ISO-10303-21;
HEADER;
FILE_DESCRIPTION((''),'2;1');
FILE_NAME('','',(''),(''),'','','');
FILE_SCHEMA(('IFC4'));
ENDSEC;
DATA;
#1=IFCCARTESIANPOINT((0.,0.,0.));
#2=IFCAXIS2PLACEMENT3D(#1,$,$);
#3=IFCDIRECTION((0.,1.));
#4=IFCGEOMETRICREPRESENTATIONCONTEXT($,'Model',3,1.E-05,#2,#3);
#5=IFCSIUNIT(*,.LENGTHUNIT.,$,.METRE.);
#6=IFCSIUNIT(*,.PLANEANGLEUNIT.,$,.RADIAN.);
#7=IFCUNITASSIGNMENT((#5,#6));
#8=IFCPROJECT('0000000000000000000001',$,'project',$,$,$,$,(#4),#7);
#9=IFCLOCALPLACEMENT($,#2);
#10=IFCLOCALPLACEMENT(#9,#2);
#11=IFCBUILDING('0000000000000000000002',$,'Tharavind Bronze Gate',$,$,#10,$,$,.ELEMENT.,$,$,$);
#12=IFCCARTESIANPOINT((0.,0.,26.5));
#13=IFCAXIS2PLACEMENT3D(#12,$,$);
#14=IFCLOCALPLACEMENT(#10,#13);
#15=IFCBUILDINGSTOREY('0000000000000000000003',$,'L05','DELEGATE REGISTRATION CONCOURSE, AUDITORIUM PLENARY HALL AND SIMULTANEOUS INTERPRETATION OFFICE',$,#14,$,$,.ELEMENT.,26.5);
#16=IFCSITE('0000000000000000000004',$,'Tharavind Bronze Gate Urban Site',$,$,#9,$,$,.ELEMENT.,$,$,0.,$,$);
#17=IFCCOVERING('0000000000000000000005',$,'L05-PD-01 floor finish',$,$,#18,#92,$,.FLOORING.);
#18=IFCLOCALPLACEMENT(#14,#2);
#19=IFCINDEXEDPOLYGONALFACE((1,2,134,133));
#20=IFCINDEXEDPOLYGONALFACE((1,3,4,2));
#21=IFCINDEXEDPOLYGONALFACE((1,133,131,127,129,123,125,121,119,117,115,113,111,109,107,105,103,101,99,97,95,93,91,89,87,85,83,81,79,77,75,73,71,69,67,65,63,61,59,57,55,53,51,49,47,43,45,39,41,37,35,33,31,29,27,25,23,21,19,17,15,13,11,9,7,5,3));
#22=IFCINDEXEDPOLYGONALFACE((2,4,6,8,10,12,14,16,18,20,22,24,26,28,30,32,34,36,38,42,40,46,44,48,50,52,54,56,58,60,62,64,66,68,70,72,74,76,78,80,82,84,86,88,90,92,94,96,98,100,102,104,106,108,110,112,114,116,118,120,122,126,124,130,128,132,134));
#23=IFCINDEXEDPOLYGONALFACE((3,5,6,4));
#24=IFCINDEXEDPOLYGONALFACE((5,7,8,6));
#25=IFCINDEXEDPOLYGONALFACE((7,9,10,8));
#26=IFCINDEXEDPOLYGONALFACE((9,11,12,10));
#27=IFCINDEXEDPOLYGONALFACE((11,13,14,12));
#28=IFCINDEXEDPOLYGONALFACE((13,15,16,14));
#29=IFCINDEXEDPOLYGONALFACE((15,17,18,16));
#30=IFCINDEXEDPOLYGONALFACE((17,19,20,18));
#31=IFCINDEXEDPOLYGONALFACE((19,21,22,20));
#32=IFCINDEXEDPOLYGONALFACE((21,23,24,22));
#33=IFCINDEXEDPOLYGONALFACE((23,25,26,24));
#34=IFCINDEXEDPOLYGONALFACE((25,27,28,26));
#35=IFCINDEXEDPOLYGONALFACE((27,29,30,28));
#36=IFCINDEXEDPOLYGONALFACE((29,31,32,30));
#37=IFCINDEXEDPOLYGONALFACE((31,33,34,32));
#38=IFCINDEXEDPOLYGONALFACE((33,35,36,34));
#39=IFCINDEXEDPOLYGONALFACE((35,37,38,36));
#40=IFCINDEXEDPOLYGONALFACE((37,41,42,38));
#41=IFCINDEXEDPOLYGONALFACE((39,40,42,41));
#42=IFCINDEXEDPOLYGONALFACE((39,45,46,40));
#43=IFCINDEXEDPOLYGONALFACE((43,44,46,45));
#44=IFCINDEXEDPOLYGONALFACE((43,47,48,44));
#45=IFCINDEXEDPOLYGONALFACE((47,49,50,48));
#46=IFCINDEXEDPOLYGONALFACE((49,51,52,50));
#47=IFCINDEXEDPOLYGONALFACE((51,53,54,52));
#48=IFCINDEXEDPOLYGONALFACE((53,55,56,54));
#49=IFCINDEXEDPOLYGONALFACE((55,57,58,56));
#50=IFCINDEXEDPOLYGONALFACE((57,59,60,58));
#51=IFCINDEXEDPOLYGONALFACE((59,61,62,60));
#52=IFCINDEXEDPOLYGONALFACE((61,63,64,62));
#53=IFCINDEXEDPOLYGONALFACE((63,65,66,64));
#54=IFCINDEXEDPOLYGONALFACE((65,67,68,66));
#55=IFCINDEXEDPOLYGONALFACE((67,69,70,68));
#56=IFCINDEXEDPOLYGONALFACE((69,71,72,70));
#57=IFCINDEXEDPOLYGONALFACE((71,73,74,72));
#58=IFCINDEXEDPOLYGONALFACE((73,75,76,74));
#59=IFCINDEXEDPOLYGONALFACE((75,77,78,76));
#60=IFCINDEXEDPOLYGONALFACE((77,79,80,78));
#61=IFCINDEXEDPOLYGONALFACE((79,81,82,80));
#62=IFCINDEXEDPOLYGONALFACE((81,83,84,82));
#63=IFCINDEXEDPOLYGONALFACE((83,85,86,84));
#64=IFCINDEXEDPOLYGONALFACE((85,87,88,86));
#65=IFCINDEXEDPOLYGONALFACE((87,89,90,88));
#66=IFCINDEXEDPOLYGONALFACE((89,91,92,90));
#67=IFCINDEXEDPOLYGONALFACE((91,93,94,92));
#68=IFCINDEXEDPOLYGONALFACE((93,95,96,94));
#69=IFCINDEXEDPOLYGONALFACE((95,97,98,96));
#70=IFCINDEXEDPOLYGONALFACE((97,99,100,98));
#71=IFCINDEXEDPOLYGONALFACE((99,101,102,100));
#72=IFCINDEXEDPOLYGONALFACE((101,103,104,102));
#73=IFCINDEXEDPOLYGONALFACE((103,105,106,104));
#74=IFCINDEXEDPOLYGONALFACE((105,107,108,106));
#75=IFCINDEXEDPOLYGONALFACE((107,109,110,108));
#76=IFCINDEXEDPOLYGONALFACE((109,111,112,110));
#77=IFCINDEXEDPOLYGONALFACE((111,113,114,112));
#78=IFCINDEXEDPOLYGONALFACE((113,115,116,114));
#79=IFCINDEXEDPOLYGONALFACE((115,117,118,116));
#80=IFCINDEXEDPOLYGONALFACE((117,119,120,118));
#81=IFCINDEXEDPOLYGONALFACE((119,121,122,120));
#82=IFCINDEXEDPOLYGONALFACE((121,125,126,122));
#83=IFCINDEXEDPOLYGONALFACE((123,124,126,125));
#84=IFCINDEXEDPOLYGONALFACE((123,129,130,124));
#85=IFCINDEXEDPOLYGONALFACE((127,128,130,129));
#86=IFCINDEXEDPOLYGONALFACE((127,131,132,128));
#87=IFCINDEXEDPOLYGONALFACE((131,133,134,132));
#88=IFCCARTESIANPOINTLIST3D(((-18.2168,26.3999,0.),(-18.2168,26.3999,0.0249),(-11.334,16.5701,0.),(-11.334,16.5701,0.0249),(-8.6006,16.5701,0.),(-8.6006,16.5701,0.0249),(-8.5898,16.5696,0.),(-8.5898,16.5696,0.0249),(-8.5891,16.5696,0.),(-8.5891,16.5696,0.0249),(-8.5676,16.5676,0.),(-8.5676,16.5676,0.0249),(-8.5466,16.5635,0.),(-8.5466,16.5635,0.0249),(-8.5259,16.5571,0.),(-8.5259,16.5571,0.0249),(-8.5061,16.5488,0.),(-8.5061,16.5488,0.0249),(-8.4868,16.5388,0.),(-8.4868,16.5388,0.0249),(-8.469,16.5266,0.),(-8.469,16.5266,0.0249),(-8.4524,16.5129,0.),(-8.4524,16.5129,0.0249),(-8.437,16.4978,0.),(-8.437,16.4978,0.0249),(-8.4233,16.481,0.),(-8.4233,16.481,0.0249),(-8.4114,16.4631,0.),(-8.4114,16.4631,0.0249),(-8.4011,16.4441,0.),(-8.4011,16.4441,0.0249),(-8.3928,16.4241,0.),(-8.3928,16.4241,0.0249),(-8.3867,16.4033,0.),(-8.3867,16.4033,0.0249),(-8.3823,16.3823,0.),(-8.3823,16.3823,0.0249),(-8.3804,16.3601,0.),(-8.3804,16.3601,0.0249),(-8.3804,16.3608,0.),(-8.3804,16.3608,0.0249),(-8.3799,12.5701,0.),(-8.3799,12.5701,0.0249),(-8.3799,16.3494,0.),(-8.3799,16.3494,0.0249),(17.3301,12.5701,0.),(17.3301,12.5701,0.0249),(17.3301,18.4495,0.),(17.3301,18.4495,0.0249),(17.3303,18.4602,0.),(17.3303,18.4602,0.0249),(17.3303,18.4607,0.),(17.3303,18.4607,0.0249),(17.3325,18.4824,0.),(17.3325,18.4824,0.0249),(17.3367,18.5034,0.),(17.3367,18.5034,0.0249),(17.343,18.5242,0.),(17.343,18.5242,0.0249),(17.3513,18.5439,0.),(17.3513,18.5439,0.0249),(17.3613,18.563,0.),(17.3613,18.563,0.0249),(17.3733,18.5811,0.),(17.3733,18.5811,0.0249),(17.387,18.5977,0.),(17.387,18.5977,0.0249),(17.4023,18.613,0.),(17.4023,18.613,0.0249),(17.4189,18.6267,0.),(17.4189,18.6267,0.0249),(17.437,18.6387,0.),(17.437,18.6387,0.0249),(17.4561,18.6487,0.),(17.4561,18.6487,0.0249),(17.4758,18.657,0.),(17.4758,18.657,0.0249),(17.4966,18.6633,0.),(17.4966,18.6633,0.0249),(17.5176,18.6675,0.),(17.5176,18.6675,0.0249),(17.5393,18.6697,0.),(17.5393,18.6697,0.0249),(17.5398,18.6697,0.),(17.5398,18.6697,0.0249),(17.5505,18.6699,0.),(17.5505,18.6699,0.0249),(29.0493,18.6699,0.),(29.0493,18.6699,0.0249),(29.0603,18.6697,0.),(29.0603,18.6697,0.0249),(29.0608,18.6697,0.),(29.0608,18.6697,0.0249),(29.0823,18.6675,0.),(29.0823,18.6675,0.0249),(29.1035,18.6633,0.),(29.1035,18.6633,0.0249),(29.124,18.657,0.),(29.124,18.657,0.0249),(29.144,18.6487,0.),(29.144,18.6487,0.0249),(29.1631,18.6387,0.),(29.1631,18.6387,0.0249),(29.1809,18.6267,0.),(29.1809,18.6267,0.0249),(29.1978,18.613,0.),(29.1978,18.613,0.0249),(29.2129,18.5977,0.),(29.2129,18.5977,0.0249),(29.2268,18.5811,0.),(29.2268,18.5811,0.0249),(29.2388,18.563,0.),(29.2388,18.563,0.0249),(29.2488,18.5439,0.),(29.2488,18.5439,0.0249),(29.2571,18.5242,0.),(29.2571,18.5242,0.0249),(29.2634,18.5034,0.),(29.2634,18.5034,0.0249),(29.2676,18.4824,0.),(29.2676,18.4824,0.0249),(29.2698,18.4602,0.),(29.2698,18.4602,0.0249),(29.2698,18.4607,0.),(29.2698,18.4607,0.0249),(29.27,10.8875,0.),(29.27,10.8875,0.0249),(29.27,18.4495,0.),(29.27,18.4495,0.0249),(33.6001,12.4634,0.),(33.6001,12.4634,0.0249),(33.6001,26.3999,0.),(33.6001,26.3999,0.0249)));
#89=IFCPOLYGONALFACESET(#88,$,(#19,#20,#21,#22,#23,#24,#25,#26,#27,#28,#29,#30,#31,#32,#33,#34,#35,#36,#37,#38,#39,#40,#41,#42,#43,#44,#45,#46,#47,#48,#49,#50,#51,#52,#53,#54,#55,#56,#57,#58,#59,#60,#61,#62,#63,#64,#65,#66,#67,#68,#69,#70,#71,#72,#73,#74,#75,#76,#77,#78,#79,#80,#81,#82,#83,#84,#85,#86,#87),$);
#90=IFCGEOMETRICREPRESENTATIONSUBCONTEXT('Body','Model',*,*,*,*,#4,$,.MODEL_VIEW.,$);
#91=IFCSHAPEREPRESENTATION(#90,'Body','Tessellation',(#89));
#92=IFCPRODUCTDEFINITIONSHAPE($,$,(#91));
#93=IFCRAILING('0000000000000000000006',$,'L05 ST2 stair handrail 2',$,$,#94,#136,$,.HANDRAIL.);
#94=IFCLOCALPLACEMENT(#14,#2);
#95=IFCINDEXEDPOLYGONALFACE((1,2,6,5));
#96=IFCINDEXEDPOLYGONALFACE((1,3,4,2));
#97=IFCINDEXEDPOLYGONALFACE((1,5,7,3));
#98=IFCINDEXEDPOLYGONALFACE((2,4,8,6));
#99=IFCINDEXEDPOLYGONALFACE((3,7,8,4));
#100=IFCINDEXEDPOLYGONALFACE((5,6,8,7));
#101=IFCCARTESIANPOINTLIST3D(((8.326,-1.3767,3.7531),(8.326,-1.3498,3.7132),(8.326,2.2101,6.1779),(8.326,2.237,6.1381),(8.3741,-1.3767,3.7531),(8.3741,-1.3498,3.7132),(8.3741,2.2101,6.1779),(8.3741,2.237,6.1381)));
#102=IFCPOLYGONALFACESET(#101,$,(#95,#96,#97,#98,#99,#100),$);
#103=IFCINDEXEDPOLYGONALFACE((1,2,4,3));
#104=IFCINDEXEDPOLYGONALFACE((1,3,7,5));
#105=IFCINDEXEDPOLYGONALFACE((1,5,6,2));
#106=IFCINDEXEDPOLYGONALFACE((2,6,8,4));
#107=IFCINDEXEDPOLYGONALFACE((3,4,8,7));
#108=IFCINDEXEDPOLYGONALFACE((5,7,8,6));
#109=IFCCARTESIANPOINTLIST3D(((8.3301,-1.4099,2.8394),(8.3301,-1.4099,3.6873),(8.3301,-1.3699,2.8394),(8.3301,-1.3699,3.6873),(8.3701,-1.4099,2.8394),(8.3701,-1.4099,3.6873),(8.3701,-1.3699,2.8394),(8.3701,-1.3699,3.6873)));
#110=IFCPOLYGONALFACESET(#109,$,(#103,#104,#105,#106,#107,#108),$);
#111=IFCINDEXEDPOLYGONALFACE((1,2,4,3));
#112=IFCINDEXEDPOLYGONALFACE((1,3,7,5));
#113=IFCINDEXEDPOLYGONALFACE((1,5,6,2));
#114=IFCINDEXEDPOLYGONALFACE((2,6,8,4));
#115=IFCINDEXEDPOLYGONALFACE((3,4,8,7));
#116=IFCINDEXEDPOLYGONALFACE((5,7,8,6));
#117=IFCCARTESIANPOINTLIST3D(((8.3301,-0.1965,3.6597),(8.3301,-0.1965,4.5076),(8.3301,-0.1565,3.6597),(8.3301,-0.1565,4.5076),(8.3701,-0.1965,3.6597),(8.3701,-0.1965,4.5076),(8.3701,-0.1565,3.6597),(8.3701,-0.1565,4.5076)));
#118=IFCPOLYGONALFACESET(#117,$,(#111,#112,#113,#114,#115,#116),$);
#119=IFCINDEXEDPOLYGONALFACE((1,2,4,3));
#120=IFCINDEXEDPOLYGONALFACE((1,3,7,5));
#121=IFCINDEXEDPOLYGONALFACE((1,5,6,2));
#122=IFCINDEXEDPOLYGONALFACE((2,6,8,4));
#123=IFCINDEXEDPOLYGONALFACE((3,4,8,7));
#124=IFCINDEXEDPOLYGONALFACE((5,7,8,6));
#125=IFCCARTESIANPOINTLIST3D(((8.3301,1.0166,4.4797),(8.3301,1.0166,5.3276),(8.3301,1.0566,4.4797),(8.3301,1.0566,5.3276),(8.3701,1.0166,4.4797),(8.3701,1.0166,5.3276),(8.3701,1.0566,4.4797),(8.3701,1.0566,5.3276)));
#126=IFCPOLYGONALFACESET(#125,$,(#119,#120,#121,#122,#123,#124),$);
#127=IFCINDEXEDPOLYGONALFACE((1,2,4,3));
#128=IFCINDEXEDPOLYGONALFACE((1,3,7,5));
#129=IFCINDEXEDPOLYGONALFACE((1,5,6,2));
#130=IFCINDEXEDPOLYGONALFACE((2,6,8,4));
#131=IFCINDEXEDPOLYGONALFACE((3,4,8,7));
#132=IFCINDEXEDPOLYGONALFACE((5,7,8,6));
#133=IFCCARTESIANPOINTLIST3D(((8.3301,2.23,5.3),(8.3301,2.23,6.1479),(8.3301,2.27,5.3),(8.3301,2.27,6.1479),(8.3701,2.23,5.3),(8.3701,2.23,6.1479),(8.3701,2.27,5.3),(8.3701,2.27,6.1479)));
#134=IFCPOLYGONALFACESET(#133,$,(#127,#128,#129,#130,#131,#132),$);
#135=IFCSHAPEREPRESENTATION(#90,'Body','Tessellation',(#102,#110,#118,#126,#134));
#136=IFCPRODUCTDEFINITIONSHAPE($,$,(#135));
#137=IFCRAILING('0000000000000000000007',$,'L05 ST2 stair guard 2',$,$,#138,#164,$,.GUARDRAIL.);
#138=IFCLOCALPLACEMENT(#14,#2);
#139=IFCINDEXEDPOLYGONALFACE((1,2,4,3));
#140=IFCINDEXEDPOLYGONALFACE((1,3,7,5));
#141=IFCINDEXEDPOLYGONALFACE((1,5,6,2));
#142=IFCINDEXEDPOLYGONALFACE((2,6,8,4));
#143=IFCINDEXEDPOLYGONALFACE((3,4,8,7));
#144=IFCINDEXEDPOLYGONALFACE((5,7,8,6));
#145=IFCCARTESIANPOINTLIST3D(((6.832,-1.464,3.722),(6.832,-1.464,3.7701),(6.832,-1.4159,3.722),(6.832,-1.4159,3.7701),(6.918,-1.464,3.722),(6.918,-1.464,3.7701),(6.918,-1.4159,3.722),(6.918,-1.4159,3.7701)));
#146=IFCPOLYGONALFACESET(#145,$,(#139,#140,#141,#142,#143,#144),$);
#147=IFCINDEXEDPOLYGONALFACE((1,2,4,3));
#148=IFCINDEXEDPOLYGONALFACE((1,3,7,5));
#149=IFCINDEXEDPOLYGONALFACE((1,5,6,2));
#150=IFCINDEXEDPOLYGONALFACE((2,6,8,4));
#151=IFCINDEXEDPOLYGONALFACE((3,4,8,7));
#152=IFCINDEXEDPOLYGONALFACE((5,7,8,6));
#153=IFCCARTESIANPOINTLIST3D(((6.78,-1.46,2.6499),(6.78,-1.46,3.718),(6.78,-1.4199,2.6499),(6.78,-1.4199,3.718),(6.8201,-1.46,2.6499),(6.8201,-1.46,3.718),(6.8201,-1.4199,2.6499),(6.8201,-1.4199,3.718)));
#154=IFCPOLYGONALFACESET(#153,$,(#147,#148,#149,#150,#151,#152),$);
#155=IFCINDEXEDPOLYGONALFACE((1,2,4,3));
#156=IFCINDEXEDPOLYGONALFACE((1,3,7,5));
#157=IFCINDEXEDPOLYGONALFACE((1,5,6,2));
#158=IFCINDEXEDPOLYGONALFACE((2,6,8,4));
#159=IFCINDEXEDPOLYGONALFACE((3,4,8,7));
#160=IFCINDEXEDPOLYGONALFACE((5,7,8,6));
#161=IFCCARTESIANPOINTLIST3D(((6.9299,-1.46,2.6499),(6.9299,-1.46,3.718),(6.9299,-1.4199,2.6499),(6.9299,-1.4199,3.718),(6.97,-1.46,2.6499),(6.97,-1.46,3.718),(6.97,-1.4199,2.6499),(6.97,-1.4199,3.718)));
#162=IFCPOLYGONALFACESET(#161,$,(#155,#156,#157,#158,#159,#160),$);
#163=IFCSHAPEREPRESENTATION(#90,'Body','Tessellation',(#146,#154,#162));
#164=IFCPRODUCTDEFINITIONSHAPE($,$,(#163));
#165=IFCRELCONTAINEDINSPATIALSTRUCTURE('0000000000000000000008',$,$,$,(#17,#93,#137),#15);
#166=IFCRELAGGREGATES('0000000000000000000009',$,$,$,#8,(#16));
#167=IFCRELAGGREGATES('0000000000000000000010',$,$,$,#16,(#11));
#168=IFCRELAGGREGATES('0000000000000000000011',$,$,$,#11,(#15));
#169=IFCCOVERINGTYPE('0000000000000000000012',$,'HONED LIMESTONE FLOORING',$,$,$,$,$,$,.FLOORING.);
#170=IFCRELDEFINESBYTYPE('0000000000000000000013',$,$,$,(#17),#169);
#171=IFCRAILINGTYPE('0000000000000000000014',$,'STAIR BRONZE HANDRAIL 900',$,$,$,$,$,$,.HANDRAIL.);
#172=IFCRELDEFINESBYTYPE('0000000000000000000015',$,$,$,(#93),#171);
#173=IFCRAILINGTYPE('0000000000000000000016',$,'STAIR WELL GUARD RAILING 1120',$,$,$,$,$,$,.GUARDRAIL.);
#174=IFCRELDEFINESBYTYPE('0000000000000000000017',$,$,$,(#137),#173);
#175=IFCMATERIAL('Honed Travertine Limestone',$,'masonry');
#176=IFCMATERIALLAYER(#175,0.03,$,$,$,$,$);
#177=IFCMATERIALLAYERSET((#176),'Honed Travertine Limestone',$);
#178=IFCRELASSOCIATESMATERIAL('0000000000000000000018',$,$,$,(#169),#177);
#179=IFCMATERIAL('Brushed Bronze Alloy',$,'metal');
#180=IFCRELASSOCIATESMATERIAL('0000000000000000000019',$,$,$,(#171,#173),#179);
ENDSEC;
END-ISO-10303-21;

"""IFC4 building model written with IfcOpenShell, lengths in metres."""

from ifc_helpers import new_model, si_unit, direction, frame, origin, origin_2d, place, context, subcontext, project, spatial, polyline, rectangle, outline, extrude, material, layer, layer_set, type_object, element, save


model = new_model("IFC4")

# Units and contexts
model_context = context("Model", 3, precision=1e-05, world=origin(), true_north=direction((0.0, 1.0)))
body_context = subcontext(model_context, "Body", "Model", "MODEL_VIEW")
ifc_project = project(units=[si_unit("LENGTHUNIT", "METRE"), si_unit("PLANEANGLEUNIT", "RADIAN")], contexts=[model_context])

# Site, building, storey
site_placement = place(None, origin())
site = spatial("IfcSite", under=ifc_project, at=site_placement, Name="Tharavind Bronze Gate Urban Site", CompositionType="ELEMENT", RefElevation=0.0)
building_placement = place(site_placement, origin())
building = spatial("IfcBuilding", under=site, at=building_placement, Name="Tharavind Bronze Gate", CompositionType="ELEMENT")
storey_placement = place(building_placement, frame((0.0, 0.0, 26.5)))
storey = spatial("IfcBuildingStorey", under=building, at=storey_placement, Name="L05", Description="DELEGATE REGISTRATION CONCOURSE, AUDITORIUM PLENARY HALL AND SIMULTANEOUS INTERPRETATION OFFICE", CompositionType="ELEMENT", Elevation=26.5)

# Covering
ifc_material_1 = material(Name="Honed Travertine Limestone", Category="masonry")
ifc_layer_1 = layer(ifc_material_1, 0.03)
ifc_layer_set_1 = layer_set([ifc_layer_1], Name="Honed Travertine Limestone")
covering_type_1 = type_object("IfcCoveringType", Name="HONED LIMESTONE FLOORING", PredefinedType="FLOORING", material=ifc_layer_set_1)
covering_1_placement = place(storey_placement, origin())
element("IfcCovering", 1, at=covering_1_placement, inside=storey, type_object=covering_type_1, Name="L05-PD-01 floor finish", PredefinedType="FLOORING", context=body_context, shape_type="SweptSolid", body=[
    extrude(outline(polyline([(-11.334, 16.5701), (-8.6006, 16.5701), (-8.5898, 16.5696), (-8.5891, 16.5696), (-8.5676, 16.5676), (-8.5466, 16.5635), (-8.5259, 16.5571), (-8.5061, 16.5488), (-8.4868, 16.5388), (-8.469, 16.5266), (-8.4524, 16.5129), (-8.437, 16.4978), (-8.4233, 16.481), (-8.4114, 16.4631), (-8.4011, 16.4441), (-8.3928, 16.4241), (-8.3867, 16.4033), (-8.3823, 16.3823), (-8.3804, 16.3608), (-8.3804, 16.3601), (-8.3799, 16.3494), (-8.3799, 12.5701), (17.3301, 12.5701), (17.3301, 18.4495), (17.3303, 18.4602), (17.3303, 18.4607), (17.3325, 18.4824), (17.3367, 18.5034), (17.343, 18.5242), (17.3513, 18.5439), (17.3613, 18.563), (17.3733, 18.5811), (17.387, 18.5977), (17.4023, 18.613), (17.4189, 18.6267), (17.437, 18.6387), (17.4561, 18.6487), (17.4758, 18.657), (17.4966, 18.6633), (17.5176, 18.6675), (17.5393, 18.6697), (17.5398, 18.6697), (17.5505, 18.6699), (29.0493, 18.6699), (29.0603, 18.6697), (29.0608, 18.6697), (29.0823, 18.6675), (29.1035, 18.6633), (29.124, 18.657), (29.144, 18.6487), (29.1631, 18.6387), (29.1809, 18.6267), (29.1978, 18.613), (29.2129, 18.5977), (29.2268, 18.5811), (29.2388, 18.563), (29.2488, 18.5439), (29.2571, 18.5242), (29.2634, 18.5034), (29.2676, 18.4824), (29.2698, 18.4607), (29.2698, 18.4602), (29.27, 18.4495), (29.27, 10.8875), (33.6001, 12.4634), (33.6001, 26.3999), (-18.2168, 26.3999), (-11.334, 16.5701)])), origin(), (0.0, 0.0, 1.0), 0.0249),
])

# Railings
ifc_material_2 = material(Name="Brushed Bronze Alloy", Category="metal")
railing_type_1 = type_object("IfcRailingType", Name="STAIR BRONZE HANDRAIL 900", PredefinedType="HANDRAIL", material=ifc_material_2)
railing_1_placement = place(storey_placement, frame((8.3501, -1.3899, 2.8394)))
element("IfcRailing", 2, at=railing_1_placement, inside=storey, type_object=railing_type_1, Name="L05 ST2 stair handrail 2", PredefinedType="HANDRAIL", context=body_context, shape_type="SweptSolid", body=[
    extrude(rectangle(XDim=0.0481, YDim=0.0481, at=origin_2d()), frame((0.0, 0.0266, 0.8938), z_axis=(0.0, 0.828451, 0.560062), x_axis=(-1.0, 0.0, 0.0)), (0.0, 0.0, 1.0), 4.3296),
    extrude(rectangle(XDim=0.04, YDim=0.04, at=origin_2d()), origin(), (0.0, 0.0, 1.0), 0.8479),
    extrude(rectangle(XDim=0.04, YDim=0.04, at=origin_2d()), frame((0.0, 1.2134, 0.8203)), (0.0, 0.0, 1.0), 0.8479),
    extrude(rectangle(XDim=0.04, YDim=0.04, at=origin_2d()), frame((0.0, 2.4265, 1.6404)), (0.0, 0.0, 1.0), 0.8479),
    extrude(rectangle(XDim=0.04, YDim=0.04, at=origin_2d()), frame((0.0, 3.6399, 2.4607)), (0.0, 0.0, 1.0), 0.8479),
])
railing_type_2 = type_object("IfcRailingType", Name="STAIR WELL GUARD RAILING 1120", PredefinedType="GUARDRAIL", material=ifc_material_2)
railing_2_placement = place(storey_placement, frame((6.8, -1.4399, 2.6499)))
element("IfcRailing", 3, at=railing_2_placement, inside=storey, type_object=railing_type_2, Name="L05 ST2 stair guard 2", PredefinedType="GUARDRAIL", context=body_context, shape_type="SweptSolid", body=[
    extrude(rectangle(XDim=0.0481, YDim=0.0481, at=origin_2d()), frame((0.032, 0.0, 1.0962), z_axis=(1.0, 0.0, 0.0), x_axis=(0.0, 1.0, 0.0)), (0.0, 0.0, 1.0), 0.0859),
    extrude(rectangle(XDim=0.04, YDim=0.04, at=origin_2d()), origin(), (0.0, 0.0, 1.0), 1.0681),
    extrude(rectangle(XDim=0.04, YDim=0.04, at=origin_2d()), frame((0.1499, 0.0, 0.0)), (0.0, 0.0, 1.0), 1.0681),
])

save(model, "model.ifc")
